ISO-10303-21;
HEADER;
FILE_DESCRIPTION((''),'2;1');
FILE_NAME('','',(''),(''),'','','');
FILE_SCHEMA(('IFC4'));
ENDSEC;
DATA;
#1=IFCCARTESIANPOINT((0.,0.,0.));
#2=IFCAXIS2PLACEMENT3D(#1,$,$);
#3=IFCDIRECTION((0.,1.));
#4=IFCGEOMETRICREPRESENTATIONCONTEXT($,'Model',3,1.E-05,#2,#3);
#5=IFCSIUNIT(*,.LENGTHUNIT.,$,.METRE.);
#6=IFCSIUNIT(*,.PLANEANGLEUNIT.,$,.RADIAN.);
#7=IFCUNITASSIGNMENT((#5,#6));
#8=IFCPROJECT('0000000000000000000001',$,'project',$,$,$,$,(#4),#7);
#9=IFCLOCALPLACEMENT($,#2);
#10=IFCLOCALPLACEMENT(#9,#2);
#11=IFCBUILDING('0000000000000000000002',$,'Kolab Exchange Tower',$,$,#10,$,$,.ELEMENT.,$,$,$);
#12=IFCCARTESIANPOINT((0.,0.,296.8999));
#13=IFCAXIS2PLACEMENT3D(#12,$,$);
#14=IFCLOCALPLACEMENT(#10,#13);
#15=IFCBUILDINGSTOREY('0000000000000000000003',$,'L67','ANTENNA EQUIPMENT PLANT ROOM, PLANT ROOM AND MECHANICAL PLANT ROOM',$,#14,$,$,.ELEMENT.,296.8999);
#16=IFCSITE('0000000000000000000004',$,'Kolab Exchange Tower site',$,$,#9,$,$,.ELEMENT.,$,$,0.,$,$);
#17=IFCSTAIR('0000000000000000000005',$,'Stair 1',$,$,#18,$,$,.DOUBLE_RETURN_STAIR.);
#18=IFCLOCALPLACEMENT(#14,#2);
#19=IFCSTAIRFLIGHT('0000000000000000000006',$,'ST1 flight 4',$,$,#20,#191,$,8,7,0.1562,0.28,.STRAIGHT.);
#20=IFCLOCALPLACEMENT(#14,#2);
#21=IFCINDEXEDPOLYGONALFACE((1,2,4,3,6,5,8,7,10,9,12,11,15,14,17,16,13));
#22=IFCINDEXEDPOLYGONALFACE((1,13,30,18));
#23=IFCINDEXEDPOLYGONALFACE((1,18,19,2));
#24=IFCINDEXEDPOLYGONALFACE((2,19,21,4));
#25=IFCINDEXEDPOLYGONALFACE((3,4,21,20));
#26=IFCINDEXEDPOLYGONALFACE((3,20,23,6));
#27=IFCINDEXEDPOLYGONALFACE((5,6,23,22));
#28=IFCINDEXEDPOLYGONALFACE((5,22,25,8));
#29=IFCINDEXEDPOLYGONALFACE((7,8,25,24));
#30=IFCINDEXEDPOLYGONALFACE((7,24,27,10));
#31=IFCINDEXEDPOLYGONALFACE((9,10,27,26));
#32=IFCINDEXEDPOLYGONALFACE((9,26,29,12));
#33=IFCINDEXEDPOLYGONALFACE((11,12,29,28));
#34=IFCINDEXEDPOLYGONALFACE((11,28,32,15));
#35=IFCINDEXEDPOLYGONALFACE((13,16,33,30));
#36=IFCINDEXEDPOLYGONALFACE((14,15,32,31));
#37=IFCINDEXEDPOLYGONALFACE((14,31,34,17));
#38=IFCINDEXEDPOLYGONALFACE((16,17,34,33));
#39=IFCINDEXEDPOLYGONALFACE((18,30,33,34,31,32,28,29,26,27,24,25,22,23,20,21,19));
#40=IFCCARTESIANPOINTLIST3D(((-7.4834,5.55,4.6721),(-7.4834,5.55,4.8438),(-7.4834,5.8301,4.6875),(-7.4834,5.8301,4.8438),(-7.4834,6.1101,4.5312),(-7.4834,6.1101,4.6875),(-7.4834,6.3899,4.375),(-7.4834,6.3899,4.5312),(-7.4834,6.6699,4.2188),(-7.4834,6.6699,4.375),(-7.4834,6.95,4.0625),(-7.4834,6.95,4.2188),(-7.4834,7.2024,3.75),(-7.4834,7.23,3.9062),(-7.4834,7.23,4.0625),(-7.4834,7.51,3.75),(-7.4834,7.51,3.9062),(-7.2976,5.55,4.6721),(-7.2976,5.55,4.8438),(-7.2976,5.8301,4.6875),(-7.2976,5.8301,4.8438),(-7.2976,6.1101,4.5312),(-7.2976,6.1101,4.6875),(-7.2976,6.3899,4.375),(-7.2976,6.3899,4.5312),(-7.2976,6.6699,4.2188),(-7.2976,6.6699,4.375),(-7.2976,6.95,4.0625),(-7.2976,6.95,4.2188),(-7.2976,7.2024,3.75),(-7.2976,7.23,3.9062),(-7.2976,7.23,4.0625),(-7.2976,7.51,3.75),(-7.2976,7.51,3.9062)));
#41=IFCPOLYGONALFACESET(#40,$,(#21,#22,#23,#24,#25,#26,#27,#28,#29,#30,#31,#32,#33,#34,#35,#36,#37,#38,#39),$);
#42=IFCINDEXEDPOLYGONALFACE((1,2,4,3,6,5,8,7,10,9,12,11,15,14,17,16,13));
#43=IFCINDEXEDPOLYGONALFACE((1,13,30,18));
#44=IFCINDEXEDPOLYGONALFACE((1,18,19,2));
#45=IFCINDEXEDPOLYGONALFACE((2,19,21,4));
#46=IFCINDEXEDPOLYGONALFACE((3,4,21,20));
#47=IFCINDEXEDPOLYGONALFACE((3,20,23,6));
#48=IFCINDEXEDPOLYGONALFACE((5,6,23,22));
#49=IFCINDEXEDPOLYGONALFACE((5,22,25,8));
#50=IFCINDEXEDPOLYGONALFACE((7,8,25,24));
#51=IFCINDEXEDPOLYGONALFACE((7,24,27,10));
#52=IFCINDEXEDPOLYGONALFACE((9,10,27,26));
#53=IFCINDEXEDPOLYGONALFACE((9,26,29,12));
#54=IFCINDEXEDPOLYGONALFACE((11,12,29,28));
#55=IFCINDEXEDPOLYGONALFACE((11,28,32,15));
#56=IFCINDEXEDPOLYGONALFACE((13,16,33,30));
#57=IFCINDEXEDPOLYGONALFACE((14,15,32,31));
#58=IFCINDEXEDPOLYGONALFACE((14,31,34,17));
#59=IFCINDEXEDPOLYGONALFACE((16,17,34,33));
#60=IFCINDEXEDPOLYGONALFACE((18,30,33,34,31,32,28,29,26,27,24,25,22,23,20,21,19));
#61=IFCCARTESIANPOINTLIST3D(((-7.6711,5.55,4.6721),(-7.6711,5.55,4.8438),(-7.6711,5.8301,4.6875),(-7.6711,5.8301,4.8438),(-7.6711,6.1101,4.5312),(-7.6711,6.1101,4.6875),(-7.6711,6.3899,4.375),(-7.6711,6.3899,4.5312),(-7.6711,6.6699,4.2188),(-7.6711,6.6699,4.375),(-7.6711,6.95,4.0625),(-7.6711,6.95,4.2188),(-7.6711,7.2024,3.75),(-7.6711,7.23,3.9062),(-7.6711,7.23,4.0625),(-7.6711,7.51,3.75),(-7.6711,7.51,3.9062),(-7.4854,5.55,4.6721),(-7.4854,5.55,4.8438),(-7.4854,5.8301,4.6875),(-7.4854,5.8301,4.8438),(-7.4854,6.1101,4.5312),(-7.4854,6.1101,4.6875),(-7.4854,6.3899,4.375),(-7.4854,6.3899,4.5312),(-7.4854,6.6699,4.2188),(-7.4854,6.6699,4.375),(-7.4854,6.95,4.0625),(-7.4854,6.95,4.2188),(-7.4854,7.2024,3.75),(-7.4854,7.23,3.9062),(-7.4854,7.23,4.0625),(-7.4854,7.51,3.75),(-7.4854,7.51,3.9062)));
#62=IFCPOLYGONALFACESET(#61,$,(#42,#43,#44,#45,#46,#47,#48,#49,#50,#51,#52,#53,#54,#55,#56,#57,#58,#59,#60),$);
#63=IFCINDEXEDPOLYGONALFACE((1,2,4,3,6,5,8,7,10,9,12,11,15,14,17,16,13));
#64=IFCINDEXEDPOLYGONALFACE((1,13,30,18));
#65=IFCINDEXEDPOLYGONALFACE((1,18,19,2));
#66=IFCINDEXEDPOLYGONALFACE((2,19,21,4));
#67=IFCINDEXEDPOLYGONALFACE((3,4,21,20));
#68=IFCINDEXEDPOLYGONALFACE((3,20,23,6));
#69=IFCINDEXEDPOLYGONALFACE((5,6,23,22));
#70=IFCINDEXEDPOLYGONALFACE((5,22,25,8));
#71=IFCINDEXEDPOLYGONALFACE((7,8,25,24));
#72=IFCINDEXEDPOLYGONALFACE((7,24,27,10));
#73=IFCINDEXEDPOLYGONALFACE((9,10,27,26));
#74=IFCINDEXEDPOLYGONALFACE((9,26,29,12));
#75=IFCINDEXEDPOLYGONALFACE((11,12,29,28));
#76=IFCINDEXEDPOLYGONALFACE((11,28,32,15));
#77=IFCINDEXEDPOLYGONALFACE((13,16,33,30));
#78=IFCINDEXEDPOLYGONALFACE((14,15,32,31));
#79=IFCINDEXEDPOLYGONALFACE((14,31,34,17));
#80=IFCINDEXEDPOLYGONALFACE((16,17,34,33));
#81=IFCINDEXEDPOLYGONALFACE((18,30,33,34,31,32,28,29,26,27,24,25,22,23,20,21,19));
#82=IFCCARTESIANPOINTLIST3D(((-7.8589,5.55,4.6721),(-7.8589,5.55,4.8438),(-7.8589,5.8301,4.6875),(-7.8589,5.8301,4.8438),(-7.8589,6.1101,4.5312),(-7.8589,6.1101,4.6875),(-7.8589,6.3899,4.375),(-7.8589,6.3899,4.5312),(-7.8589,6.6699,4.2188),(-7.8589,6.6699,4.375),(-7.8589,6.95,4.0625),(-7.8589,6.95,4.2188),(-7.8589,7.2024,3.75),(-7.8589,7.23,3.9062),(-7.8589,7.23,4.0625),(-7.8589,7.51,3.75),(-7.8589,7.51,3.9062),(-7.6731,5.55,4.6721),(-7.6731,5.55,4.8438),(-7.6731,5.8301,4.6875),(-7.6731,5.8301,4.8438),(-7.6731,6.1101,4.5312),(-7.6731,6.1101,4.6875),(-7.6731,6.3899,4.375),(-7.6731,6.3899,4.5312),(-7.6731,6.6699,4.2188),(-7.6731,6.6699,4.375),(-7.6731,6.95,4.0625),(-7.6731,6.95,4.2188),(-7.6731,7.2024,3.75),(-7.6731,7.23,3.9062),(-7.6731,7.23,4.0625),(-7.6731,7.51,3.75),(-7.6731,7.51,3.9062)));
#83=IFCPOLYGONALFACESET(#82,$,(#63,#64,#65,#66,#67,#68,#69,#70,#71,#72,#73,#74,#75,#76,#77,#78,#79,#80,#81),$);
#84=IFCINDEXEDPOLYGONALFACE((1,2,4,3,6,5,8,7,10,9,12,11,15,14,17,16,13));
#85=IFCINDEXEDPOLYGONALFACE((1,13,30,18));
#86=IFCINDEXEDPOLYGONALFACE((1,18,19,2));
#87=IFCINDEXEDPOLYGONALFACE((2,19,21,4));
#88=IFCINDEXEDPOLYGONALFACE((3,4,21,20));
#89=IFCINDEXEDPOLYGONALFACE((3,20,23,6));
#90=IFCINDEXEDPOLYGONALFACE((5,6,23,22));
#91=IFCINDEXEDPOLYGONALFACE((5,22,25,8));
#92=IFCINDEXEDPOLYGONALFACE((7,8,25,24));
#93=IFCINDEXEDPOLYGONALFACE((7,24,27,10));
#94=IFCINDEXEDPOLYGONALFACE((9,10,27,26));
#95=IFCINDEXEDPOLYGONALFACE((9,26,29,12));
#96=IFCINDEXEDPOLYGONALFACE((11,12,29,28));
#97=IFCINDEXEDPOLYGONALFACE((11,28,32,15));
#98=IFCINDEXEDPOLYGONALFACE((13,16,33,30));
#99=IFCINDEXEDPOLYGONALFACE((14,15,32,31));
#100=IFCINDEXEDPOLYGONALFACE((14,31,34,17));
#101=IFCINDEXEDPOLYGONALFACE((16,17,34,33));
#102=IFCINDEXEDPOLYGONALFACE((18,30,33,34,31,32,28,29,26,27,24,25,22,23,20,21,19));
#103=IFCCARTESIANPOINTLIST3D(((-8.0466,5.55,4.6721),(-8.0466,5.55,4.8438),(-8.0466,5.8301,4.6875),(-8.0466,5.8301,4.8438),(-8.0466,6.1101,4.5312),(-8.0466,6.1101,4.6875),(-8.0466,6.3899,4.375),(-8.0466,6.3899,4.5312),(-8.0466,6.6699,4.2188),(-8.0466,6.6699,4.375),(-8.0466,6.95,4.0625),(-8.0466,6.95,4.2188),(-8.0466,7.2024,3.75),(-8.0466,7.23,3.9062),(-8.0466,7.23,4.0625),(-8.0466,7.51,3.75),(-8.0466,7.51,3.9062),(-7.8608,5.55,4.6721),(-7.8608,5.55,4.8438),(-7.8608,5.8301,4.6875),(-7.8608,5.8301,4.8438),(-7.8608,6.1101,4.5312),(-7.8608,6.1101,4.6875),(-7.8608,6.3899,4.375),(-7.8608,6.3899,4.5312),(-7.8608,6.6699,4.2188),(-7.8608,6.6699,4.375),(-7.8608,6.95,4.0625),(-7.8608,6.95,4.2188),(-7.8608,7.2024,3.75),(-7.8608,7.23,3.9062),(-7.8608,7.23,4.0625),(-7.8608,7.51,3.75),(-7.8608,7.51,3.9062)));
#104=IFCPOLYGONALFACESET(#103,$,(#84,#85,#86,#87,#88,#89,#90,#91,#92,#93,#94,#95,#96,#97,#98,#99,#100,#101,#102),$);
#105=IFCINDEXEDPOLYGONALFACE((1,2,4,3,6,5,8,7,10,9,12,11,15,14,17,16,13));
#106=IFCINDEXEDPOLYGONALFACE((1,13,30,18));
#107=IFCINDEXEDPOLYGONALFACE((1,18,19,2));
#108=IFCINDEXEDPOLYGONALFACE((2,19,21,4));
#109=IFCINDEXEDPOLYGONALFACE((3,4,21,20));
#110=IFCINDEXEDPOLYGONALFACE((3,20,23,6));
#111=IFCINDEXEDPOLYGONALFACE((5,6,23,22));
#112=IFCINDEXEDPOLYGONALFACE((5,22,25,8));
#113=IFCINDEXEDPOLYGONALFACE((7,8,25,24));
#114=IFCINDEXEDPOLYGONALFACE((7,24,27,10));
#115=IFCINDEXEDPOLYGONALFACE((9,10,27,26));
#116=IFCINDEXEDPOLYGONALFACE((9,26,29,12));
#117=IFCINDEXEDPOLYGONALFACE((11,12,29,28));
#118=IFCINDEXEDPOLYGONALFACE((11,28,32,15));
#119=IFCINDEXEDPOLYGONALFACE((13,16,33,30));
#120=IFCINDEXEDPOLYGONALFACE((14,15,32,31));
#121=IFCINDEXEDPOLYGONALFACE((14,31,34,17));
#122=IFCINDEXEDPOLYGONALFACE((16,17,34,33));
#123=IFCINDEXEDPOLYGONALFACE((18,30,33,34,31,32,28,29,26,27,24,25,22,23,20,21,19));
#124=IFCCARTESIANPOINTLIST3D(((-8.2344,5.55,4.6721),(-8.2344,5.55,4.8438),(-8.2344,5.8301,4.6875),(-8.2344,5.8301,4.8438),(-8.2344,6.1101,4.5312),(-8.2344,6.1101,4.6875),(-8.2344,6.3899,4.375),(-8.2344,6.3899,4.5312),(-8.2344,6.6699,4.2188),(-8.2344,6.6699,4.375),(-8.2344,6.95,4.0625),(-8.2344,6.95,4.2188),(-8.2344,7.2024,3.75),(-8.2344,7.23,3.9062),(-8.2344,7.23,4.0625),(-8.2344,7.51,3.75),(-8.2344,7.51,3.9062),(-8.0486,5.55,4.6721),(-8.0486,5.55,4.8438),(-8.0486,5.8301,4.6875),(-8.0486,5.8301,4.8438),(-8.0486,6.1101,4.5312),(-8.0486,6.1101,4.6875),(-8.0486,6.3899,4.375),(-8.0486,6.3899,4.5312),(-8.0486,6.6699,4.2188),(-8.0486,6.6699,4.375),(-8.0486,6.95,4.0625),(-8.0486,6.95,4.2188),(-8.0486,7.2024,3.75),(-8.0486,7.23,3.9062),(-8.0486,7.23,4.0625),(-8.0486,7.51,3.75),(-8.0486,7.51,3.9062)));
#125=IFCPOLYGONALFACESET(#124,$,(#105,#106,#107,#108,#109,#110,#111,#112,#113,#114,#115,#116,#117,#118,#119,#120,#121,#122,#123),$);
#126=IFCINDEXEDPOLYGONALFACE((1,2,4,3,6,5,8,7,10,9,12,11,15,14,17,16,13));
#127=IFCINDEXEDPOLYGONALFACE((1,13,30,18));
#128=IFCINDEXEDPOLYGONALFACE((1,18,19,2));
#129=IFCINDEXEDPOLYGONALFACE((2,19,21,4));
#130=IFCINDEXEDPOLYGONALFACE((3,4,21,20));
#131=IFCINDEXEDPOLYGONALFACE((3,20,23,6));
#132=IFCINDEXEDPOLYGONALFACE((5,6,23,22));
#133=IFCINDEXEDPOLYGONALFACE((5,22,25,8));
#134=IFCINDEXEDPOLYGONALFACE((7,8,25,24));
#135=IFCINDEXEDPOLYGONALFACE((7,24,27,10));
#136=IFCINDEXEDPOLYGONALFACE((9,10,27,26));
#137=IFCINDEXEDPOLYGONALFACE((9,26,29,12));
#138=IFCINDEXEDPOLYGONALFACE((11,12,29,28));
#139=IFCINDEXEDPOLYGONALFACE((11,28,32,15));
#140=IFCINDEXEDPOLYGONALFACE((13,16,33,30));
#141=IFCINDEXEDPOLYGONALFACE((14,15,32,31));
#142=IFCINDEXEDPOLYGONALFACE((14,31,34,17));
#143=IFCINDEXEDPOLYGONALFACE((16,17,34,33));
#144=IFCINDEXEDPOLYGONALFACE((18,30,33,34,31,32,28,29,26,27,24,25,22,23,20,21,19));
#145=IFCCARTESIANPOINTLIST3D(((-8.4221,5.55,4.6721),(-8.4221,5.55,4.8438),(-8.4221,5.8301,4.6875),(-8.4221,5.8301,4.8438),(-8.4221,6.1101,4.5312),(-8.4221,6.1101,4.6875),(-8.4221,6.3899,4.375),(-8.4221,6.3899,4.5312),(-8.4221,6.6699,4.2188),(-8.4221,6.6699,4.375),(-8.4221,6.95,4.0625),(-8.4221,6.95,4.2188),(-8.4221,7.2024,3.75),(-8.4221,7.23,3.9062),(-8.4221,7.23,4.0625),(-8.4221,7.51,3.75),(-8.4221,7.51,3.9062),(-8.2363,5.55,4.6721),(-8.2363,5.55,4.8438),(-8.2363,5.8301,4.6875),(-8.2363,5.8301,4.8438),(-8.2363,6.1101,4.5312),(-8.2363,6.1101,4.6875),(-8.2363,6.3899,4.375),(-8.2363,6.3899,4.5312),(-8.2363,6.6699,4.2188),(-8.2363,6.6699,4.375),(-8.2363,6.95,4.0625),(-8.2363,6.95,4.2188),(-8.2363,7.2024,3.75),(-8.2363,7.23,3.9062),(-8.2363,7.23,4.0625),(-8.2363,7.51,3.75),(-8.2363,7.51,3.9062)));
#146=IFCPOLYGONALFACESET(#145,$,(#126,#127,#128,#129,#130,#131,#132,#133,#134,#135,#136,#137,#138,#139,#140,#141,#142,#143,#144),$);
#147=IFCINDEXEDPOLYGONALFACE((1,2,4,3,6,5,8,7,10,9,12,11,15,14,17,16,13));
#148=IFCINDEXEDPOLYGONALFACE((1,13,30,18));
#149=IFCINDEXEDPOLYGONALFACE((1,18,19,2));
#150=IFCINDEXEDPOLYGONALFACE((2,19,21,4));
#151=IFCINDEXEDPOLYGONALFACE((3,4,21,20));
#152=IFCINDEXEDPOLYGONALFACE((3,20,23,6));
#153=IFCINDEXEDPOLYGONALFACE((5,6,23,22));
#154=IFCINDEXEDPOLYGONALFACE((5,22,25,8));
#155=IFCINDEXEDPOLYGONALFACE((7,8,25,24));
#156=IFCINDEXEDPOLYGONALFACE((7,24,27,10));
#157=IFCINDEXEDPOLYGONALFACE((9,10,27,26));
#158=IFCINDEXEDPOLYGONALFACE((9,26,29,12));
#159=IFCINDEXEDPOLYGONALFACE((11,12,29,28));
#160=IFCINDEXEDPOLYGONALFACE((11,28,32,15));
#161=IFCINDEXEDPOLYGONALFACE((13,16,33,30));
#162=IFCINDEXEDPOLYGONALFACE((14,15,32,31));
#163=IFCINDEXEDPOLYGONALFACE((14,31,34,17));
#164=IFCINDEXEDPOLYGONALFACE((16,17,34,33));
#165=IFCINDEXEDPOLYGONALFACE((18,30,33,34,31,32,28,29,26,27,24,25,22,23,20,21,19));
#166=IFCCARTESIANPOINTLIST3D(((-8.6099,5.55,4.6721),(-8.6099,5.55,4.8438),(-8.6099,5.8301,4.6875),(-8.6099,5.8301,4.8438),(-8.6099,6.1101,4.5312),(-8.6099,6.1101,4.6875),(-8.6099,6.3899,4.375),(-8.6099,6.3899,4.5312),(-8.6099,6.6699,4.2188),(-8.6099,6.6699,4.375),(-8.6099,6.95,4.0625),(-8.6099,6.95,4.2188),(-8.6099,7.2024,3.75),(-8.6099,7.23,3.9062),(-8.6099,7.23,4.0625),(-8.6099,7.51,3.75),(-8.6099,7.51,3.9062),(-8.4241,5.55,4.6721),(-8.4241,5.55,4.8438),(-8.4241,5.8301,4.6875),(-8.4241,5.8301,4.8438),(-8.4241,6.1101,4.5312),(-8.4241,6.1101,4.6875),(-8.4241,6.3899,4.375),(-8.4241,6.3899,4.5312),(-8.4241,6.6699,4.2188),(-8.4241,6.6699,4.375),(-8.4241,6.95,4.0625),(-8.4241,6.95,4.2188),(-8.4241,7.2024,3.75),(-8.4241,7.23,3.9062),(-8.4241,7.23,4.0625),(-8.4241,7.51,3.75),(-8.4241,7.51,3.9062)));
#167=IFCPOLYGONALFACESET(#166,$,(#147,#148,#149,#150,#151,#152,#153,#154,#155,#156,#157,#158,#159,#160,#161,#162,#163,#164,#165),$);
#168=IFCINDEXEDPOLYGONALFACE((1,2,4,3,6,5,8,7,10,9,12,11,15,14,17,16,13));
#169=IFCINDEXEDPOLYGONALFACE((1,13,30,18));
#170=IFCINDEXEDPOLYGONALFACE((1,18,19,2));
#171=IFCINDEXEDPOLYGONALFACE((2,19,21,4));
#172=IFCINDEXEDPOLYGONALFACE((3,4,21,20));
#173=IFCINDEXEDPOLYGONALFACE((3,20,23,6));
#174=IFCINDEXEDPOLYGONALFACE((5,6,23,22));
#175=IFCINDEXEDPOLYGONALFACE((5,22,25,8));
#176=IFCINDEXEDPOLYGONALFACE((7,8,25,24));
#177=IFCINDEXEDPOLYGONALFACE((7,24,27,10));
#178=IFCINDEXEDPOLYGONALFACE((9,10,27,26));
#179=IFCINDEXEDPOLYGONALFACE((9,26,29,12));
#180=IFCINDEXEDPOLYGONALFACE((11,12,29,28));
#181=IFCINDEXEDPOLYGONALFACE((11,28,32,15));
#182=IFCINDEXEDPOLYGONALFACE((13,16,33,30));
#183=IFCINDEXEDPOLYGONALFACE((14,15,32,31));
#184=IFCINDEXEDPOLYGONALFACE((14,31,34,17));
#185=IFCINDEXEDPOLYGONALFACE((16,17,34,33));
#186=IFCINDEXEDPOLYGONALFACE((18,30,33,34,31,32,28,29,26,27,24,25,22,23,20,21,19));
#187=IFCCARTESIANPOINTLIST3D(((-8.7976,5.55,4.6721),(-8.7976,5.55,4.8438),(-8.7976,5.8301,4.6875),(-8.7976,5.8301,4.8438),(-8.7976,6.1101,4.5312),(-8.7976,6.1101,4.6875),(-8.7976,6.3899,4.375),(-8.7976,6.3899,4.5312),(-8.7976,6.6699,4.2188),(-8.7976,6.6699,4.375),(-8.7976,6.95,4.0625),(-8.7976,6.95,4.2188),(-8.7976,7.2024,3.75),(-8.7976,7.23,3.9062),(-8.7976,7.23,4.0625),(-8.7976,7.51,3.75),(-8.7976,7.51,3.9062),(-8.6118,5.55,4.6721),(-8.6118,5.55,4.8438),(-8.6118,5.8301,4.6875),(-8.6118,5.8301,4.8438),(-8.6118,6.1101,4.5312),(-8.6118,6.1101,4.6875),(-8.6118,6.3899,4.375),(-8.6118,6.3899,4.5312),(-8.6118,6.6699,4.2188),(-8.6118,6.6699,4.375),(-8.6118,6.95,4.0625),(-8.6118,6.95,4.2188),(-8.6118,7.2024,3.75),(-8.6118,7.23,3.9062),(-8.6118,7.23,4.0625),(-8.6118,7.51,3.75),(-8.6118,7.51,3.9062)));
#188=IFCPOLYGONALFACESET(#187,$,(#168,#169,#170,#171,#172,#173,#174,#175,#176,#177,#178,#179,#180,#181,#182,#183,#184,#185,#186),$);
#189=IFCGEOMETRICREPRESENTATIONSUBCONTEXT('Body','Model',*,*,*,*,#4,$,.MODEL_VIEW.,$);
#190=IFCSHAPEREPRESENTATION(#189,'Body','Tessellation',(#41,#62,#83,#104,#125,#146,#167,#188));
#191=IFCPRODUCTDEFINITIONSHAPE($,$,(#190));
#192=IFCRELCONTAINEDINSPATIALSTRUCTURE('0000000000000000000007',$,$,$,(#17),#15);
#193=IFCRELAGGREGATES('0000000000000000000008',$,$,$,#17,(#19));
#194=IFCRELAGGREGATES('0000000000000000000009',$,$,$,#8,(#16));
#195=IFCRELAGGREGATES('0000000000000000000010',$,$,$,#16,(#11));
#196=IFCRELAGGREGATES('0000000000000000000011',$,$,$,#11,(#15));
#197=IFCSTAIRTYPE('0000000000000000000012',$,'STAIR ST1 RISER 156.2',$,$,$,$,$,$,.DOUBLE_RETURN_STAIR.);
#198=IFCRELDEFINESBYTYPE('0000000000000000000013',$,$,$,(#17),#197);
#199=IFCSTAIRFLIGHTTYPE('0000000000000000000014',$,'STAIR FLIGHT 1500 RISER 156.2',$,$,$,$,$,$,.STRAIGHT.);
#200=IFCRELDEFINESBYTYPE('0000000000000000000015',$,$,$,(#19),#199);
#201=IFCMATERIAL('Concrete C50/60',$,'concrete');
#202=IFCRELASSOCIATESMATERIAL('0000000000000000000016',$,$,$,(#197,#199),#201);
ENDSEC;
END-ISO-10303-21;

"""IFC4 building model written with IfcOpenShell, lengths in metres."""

from ifc_helpers import new_model, si_unit, direction, frame, origin, place, context, subcontext, project, spatial, polyline, outline, extrude, material, type_object, element, aggregate, save


model = new_model("IFC4")

# Units and contexts
model_context = context("Model", 3, precision=1e-05, world=origin(), true_north=direction((0.0, 1.0)))
body_context = subcontext(model_context, "Body", "Model", "MODEL_VIEW")
ifc_project = project(units=[si_unit("LENGTHUNIT", "METRE"), si_unit("PLANEANGLEUNIT", "RADIAN")], contexts=[model_context])

# Site, building, storey
site_placement = place(None, origin())
site = spatial("IfcSite", under=ifc_project, at=site_placement, Name="Kolab Exchange Tower site", CompositionType="ELEMENT", RefElevation=0.0)
building_placement = place(site_placement, origin())
building = spatial("IfcBuilding", under=site, at=building_placement, Name="Kolab Exchange Tower", CompositionType="ELEMENT")
storey_placement = place(building_placement, frame((0.0, 0.0, 296.8999)))
storey = spatial("IfcBuildingStorey", under=building, at=storey_placement, Name="L67", Description="ANTENNA EQUIPMENT PLANT ROOM, PLANT ROOM AND MECHANICAL PLANT ROOM", CompositionType="ELEMENT", Elevation=296.8999)

# Shared definitions
ifc_material_1 = material(Name="Concrete C50/60", Category="concrete")

# Stair, stair flight
stair_type = type_object("IfcStairType", Name="STAIR ST1 RISER 156.2", PredefinedType="DOUBLE_RETURN_STAIR", material=ifc_material_1)
stair_placement = place(storey_placement, origin())
stair = element("IfcStair", 1, at=stair_placement, inside=storey, type_object=stair_type, Name="Stair 1", PredefinedType="DOUBLE_RETURN_STAIR")
stair_flight_type = type_object("IfcStairFlightType", Name="STAIR FLIGHT 1500 RISER 156.2", PredefinedType="STRAIGHT", material=ifc_material_1)
stair_flight_1_placement = place(storey_placement, frame((-8.0476, 7.51, 3.75), z_axis=(0.0, 0.0, 1.0), x_axis=(0.0, -1.0, 0.0)))
stair_flight_1 = element("IfcStairFlight", 2, at=stair_flight_1_placement, type_object=stair_flight_type, Name="ST1 flight 4", NumberOfRisers=8, NumberOfTreads=7, PredefinedType="STRAIGHT", RiserHeight=0.1562, TreadLength=0.28, context=body_context, shape_type="SweptSolid", body=[
    extrude(outline(polyline([(0.0, 0.0), (0.0, 0.1562), (0.28, 0.1562), (0.28, 0.3125), (0.5601, 0.3125), (0.5601, 0.4688), (0.8401, 0.4688), (0.8401, 0.625), (1.1201, 0.625), (1.1201, 0.7812), (1.3999, 0.7812), (1.3999, 0.9375), (1.6799, 0.9375), (1.6799, 1.0938), (1.96, 1.0938), (1.96, 1.25), (1.96, 0.9221), (0.3076, 0.0), (0.0, 0.0)])), frame((0.0, 0.75, 0.0), z_axis=(0.0, -1.0, 0.0), x_axis=(1.0, 0.0, 0.0)), (0.0, 0.0, 1.0), 0.1858),
    extrude(outline(polyline([(0.0, 0.0), (0.0, 0.1562), (0.28, 0.1562), (0.28, 0.3125), (0.5601, 0.3125), (0.5601, 0.4688), (0.8401, 0.4688), (0.8401, 0.625), (1.1201, 0.625), (1.1201, 0.7812), (1.3999, 0.7812), (1.3999, 0.9375), (1.6799, 0.9375), (1.6799, 1.0938), (1.96, 1.0938), (1.96, 1.25), (1.96, 0.9221), (0.3076, 0.0), (0.0, 0.0)])), frame((0.0, 0.5623, 0.0), z_axis=(0.0, -1.0, 0.0), x_axis=(1.0, 0.0, 0.0)), (0.0, 0.0, 1.0), 0.1858),
    extrude(outline(polyline([(0.0, 0.0), (0.0, 0.1562), (0.28, 0.1562), (0.28, 0.3125), (0.5601, 0.3125), (0.5601, 0.4688), (0.8401, 0.4688), (0.8401, 0.625), (1.1201, 0.625), (1.1201, 0.7812), (1.3999, 0.7812), (1.3999, 0.9375), (1.6799, 0.9375), (1.6799, 1.0938), (1.96, 1.0938), (1.96, 1.25), (1.96, 0.9221), (0.3076, 0.0), (0.0, 0.0)])), frame((0.0, 0.3745, 0.0), z_axis=(0.0, -1.0, 0.0), x_axis=(1.0, 0.0, 0.0)), (0.0, 0.0, 1.0), 0.1858),
    extrude(outline(polyline([(0.0, 0.0), (0.0, 0.1562), (0.28, 0.1562), (0.28, 0.3125), (0.5601, 0.3125), (0.5601, 0.4688), (0.8401, 0.4688), (0.8401, 0.625), (1.1201, 0.625), (1.1201, 0.7812), (1.3999, 0.7812), (1.3999, 0.9375), (1.6799, 0.9375), (1.6799, 1.0938), (1.96, 1.0938), (1.96, 1.25), (1.96, 0.9221), (0.3076, 0.0), (0.0, 0.0)])), frame((0.0, 0.1868, 0.0), z_axis=(0.0, -1.0, 0.0), x_axis=(1.0, 0.0, 0.0)), (0.0, 0.0, 1.0), 0.1858),
    extrude(outline(polyline([(0.0, 0.0), (0.0, 0.1562), (0.28, 0.1562), (0.28, 0.3125), (0.5601, 0.3125), (0.5601, 0.4688), (0.8401, 0.4688), (0.8401, 0.625), (1.1201, 0.625), (1.1201, 0.7812), (1.3999, 0.7812), (1.3999, 0.9375), (1.6799, 0.9375), (1.6799, 1.0938), (1.96, 1.0938), (1.96, 1.25), (1.96, 0.9221), (0.3076, 0.0), (0.0, 0.0)])), frame((0.0, -0.001, 0.0), z_axis=(0.0, -1.0, 0.0), x_axis=(1.0, 0.0, 0.0)), (0.0, 0.0, 1.0), 0.1858),
    extrude(outline(polyline([(0.0, 0.0), (0.0, 0.1562), (0.28, 0.1562), (0.28, 0.3125), (0.5601, 0.3125), (0.5601, 0.4688), (0.8401, 0.4688), (0.8401, 0.625), (1.1201, 0.625), (1.1201, 0.7812), (1.3999, 0.7812), (1.3999, 0.9375), (1.6799, 0.9375), (1.6799, 1.0938), (1.96, 1.0938), (1.96, 1.25), (1.96, 0.9221), (0.3076, 0.0), (0.0, 0.0)])), frame((0.0, -0.1887, 0.0), z_axis=(0.0, -1.0, 0.0), x_axis=(1.0, 0.0, 0.0)), (0.0, 0.0, 1.0), 0.1858),
    extrude(outline(polyline([(0.0, 0.0), (0.0, 0.1562), (0.28, 0.1562), (0.28, 0.3125), (0.5601, 0.3125), (0.5601, 0.4688), (0.8401, 0.4688), (0.8401, 0.625), (1.1201, 0.625), (1.1201, 0.7812), (1.3999, 0.7812), (1.3999, 0.9375), (1.6799, 0.9375), (1.6799, 1.0938), (1.96, 1.0938), (1.96, 1.25), (1.96, 0.9221), (0.3076, 0.0), (0.0, 0.0)])), frame((0.0, -0.3765, 0.0), z_axis=(0.0, -1.0, 0.0), x_axis=(1.0, 0.0, 0.0)), (0.0, 0.0, 1.0), 0.1858),
    extrude(outline(polyline([(0.0, 0.0), (0.0, 0.1562), (0.28, 0.1562), (0.28, 0.3125), (0.5601, 0.3125), (0.5601, 0.4688), (0.8401, 0.4688), (0.8401, 0.625), (1.1201, 0.625), (1.1201, 0.7812), (1.3999, 0.7812), (1.3999, 0.9375), (1.6799, 0.9375), (1.6799, 1.0938), (1.96, 1.0938), (1.96, 1.25), (1.96, 0.9221), (0.3076, 0.0), (0.0, 0.0)])), frame((0.0, -0.5642, 0.0), z_axis=(0.0, -1.0, 0.0), x_axis=(1.0, 0.0, 0.0)), (0.0, 0.0, 1.0), 0.1858),
])
aggregate(stair, [stair_flight_1])

save(model, "model.ifc")
